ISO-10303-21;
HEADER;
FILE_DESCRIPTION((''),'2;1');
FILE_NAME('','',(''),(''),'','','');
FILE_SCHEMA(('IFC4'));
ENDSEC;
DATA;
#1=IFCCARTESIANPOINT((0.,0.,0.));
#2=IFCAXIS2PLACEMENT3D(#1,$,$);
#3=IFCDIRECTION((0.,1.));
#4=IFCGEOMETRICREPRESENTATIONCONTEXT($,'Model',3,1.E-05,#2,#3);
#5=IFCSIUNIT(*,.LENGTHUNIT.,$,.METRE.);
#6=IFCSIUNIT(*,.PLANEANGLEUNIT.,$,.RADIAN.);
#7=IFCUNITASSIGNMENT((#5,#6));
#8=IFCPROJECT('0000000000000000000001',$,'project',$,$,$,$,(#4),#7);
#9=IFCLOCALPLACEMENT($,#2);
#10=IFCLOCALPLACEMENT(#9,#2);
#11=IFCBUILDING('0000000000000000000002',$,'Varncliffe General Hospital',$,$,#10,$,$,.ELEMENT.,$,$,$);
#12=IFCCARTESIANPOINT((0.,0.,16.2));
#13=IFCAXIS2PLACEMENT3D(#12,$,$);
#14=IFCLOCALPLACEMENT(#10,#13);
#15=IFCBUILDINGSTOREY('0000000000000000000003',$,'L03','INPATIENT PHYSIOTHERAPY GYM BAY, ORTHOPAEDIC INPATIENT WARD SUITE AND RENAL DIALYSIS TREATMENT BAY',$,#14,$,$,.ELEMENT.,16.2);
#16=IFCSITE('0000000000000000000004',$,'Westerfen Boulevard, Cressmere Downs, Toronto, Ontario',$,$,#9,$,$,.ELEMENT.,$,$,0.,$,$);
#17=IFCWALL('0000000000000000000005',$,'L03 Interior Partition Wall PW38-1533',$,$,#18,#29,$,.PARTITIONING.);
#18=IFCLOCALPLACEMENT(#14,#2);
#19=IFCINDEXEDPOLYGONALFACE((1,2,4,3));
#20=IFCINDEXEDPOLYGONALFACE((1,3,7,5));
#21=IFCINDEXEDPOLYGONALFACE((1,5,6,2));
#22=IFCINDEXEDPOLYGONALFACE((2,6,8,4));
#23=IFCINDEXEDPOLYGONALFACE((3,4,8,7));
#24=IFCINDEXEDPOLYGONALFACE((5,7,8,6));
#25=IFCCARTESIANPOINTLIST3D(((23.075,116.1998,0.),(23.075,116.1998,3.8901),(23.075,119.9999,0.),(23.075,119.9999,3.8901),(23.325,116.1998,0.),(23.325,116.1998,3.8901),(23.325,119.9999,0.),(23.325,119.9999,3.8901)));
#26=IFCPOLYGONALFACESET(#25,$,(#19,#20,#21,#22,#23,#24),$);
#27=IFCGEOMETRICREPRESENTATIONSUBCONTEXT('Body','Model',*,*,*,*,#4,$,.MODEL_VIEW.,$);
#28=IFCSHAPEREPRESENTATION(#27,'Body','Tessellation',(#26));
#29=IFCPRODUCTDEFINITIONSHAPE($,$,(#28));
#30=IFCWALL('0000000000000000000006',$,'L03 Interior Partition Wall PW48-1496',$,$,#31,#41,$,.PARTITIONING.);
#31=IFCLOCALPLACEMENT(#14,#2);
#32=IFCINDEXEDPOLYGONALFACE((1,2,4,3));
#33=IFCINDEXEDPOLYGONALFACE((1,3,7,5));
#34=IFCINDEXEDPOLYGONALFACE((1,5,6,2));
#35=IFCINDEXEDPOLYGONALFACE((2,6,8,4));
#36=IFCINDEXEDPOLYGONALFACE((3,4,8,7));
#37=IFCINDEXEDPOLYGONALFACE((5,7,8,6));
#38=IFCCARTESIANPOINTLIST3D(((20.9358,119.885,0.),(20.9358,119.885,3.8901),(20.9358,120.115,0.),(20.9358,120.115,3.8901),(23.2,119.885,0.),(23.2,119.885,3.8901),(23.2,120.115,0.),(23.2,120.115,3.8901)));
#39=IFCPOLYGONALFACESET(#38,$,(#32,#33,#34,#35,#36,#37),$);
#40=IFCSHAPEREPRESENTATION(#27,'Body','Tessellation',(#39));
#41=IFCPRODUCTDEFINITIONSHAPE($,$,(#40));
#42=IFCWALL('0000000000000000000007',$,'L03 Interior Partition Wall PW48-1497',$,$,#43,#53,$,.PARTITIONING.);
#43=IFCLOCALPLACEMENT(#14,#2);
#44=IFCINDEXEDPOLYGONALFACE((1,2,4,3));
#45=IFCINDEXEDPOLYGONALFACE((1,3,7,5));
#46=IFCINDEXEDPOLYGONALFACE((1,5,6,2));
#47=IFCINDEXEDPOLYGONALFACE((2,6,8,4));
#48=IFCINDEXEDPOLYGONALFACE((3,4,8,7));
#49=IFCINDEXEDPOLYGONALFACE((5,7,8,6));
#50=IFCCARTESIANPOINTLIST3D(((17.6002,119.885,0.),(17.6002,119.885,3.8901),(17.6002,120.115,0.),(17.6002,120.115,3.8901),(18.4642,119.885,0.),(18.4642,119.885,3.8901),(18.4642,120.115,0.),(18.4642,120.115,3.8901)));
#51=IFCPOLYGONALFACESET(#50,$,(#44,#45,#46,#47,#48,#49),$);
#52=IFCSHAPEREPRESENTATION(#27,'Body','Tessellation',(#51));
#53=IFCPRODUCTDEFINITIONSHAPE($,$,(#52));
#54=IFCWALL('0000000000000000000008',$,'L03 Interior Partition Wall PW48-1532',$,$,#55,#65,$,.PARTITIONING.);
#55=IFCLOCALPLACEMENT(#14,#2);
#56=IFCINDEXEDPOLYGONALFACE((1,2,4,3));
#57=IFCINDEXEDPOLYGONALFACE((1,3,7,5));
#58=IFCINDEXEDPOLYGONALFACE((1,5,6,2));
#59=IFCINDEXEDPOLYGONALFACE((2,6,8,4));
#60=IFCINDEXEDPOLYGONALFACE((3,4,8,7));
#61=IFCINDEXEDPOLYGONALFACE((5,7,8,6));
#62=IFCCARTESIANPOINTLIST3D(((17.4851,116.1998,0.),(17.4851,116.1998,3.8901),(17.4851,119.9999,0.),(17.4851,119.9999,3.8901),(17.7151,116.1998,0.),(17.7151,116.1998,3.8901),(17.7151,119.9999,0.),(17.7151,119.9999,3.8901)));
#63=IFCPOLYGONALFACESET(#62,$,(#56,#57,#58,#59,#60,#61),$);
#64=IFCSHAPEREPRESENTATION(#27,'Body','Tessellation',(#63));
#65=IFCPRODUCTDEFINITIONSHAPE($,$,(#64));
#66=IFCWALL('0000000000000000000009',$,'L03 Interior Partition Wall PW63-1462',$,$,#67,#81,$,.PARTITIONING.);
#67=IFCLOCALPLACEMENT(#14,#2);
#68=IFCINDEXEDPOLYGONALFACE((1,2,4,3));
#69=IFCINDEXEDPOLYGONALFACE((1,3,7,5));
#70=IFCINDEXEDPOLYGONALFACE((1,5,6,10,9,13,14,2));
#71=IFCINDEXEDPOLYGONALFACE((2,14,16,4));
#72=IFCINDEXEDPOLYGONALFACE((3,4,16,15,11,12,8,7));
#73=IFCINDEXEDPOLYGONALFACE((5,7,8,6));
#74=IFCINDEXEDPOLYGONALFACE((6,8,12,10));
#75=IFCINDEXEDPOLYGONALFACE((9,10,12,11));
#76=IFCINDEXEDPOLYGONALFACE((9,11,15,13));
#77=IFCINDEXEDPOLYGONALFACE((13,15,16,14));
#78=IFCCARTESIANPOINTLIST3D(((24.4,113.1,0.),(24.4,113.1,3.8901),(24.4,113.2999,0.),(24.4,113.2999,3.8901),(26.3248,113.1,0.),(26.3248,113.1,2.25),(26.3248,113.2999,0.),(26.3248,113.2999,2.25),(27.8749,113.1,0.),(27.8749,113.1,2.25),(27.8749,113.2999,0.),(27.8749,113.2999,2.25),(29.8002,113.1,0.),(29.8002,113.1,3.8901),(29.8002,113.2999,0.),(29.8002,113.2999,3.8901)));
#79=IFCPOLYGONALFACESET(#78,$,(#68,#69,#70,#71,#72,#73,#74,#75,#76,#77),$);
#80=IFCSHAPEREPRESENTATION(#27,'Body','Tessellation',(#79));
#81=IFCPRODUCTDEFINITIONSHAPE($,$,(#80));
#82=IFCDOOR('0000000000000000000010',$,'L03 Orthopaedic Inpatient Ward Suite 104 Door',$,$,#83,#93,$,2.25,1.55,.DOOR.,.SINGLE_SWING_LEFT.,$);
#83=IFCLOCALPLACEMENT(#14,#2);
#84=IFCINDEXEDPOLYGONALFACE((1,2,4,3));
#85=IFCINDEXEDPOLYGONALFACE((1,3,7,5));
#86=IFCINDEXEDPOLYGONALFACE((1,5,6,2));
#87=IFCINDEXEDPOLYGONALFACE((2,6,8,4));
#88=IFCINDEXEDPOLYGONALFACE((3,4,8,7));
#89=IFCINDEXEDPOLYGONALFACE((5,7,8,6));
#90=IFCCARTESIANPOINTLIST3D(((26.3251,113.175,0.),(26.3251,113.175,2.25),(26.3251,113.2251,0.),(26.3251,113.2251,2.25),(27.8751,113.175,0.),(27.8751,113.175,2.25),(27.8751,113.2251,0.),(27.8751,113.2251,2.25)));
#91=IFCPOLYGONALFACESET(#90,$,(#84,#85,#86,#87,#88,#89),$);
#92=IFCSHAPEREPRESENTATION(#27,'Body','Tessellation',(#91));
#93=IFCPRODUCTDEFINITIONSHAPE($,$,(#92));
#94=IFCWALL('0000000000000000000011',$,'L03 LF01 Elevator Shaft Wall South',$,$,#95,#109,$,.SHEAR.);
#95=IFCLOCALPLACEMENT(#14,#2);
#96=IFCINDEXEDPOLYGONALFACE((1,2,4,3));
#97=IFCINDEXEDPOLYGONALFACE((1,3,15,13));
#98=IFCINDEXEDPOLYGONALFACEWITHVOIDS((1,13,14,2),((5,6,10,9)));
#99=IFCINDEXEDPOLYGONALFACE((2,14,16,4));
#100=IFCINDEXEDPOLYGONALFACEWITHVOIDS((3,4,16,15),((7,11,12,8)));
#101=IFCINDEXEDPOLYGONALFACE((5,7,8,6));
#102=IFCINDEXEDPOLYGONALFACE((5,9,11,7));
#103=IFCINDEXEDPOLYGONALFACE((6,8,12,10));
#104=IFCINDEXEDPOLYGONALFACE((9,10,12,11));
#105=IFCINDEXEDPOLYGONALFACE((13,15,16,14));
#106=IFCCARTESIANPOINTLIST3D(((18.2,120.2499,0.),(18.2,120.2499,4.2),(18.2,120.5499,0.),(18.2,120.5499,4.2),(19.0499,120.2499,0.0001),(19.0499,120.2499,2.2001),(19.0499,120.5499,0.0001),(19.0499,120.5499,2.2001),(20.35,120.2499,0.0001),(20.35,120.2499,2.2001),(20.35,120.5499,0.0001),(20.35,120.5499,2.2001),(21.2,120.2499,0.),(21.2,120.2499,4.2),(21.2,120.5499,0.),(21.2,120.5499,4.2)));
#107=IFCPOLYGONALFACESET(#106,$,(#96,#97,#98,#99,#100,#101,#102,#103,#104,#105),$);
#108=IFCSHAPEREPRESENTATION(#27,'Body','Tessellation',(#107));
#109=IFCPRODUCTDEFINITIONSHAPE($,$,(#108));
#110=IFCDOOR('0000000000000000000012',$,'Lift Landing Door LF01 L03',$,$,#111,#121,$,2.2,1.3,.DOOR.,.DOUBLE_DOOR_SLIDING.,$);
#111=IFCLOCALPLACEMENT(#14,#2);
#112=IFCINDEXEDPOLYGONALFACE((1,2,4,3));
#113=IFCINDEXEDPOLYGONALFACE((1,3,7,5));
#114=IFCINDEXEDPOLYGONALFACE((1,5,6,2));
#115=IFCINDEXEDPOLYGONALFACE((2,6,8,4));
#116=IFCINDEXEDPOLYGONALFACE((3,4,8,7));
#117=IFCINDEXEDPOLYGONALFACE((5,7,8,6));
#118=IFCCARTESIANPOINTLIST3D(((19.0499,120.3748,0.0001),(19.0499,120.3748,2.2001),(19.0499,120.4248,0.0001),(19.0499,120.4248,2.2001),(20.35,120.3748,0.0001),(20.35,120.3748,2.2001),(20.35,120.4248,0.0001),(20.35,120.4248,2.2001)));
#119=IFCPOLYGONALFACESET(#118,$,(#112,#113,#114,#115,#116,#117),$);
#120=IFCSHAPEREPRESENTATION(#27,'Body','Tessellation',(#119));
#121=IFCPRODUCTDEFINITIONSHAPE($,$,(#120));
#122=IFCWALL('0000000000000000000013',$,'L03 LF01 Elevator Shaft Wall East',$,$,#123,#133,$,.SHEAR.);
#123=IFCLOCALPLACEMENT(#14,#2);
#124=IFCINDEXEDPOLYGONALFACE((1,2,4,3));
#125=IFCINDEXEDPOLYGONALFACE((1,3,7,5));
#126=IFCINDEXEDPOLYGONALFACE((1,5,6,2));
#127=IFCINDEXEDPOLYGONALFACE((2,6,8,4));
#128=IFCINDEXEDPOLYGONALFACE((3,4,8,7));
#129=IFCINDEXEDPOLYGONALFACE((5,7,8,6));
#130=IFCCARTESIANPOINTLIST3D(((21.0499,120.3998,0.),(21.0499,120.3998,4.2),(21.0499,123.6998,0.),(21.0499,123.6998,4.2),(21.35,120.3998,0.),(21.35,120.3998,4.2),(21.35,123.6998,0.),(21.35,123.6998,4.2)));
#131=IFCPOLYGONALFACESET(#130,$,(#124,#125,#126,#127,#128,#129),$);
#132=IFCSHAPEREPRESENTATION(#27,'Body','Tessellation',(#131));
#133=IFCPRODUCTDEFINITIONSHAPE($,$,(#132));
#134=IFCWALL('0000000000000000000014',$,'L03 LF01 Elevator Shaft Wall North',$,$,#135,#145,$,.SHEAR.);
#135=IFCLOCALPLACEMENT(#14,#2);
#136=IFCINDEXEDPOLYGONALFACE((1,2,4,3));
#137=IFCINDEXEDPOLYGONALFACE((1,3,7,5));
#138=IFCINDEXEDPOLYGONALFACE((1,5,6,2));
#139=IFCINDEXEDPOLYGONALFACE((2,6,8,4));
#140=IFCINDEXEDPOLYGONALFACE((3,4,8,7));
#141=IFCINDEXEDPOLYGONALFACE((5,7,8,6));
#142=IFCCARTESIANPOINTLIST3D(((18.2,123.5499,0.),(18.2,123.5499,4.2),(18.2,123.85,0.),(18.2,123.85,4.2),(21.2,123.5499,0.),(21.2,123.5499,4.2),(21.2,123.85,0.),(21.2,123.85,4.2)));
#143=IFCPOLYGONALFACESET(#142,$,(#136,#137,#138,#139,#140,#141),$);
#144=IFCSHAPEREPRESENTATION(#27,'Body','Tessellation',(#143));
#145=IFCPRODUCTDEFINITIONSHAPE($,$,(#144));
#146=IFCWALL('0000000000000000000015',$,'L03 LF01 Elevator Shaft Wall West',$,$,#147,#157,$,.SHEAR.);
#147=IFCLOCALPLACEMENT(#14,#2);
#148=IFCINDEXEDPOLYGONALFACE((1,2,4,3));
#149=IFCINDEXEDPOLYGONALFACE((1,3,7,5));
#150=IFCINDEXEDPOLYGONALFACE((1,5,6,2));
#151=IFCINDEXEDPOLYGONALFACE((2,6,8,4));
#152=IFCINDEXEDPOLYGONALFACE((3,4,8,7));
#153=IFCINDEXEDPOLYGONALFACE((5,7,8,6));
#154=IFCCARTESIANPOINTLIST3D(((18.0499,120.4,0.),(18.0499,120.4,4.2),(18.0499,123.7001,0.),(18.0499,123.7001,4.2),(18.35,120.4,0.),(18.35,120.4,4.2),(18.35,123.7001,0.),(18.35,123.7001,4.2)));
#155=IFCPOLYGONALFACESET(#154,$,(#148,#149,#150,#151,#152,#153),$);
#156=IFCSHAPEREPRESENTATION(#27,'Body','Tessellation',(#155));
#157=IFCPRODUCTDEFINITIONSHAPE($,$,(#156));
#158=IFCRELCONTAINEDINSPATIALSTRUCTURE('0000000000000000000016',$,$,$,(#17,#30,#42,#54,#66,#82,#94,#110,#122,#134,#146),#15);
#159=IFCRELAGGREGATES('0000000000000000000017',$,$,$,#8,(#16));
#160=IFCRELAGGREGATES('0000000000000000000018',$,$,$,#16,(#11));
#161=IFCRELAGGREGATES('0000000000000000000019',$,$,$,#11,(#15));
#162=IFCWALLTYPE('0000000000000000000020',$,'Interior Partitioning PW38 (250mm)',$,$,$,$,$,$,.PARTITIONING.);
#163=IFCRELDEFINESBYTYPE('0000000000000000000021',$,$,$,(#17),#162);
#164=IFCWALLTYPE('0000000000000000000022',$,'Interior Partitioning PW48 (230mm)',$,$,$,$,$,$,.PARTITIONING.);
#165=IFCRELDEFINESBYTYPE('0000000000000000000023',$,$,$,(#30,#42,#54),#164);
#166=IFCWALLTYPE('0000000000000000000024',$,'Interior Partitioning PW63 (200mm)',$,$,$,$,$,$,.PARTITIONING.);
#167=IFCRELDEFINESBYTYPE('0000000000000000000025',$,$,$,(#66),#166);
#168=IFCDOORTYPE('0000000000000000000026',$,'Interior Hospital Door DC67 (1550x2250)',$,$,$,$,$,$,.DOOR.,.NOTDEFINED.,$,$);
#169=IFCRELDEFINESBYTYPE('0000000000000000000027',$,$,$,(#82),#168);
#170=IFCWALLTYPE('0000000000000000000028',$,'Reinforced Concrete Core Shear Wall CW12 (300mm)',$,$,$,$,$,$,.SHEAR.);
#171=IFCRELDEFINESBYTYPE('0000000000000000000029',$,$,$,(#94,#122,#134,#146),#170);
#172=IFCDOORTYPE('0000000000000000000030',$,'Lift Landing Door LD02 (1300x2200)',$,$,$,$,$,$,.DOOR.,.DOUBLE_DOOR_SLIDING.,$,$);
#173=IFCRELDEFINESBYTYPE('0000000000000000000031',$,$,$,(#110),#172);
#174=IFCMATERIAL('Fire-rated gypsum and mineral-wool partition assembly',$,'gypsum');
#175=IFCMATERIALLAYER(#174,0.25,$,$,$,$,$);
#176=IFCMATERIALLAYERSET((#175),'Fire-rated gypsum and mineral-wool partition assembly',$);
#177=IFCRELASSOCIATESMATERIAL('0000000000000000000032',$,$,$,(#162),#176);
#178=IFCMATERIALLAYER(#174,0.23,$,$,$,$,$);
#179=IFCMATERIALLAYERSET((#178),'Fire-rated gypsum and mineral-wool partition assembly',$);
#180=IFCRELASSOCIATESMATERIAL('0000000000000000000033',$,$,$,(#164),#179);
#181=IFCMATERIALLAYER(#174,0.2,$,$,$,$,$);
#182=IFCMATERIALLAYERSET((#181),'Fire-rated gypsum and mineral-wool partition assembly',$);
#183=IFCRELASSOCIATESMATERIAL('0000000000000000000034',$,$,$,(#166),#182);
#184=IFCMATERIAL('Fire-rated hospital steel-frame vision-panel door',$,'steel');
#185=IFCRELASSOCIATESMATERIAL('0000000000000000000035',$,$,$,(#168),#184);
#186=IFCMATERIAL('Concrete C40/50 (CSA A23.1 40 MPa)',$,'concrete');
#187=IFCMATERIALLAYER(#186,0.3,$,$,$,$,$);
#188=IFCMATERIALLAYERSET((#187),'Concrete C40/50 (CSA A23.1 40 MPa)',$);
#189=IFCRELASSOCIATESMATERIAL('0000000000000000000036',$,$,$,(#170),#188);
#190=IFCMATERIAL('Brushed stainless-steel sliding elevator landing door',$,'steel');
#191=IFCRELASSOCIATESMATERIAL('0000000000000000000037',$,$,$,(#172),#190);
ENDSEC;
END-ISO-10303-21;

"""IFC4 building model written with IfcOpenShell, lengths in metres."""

from ifc_helpers import new_model, si_unit, direction, frame, frame_2d, origin, place, context, subcontext, project, spatial, rectangle, extrude, material, layer, layer_set, type_object, element, fill, save


model = new_model("IFC4")

# Units and contexts
model_context = context("Model", 3, precision=1e-05, world=origin(), true_north=direction((0.0, 1.0)))
body_context = subcontext(model_context, "Body", "Model", "MODEL_VIEW")
ifc_project = project(units=[si_unit("LENGTHUNIT", "METRE"), si_unit("PLANEANGLEUNIT", "RADIAN")], contexts=[model_context])

# Site, building, storey
site_placement = place(None, origin())
site = spatial("IfcSite", under=ifc_project, at=site_placement, Name="Westerfen Boulevard, Cressmere Downs, Toronto, Ontario", CompositionType="ELEMENT", RefElevation=0.0)
building_placement = place(site_placement, origin())
building = spatial("IfcBuilding", under=site, at=building_placement, Name="Varncliffe General Hospital", CompositionType="ELEMENT")
storey_placement = place(building_placement, frame((0.0, 0.0, 16.2)))
storey = spatial("IfcBuildingStorey", under=building, at=storey_placement, Name="L03", Description="INPATIENT PHYSIOTHERAPY GYM BAY, ORTHOPAEDIC INPATIENT WARD SUITE AND RENAL DIALYSIS TREATMENT BAY", CompositionType="ELEMENT", Elevation=16.2)

# Shared definitions
ifc_material_1 = material(Name="Concrete C40/50 (CSA A23.1 40 MPa)", Category="concrete")

# Shared definitions
ifc_material_2 = material(Name="Fire-rated gypsum and mineral-wool partition assembly", Category="gypsum")
ifc_layer_1 = layer(ifc_material_2, 0.25)
ifc_layer_set_1 = layer_set([ifc_layer_1], Name="Fire-rated gypsum and mineral-wool partition assembly")
wall_type_1 = type_object("IfcWallType", Name="Interior Partitioning PW38 (250mm)", PredefinedType="PARTITIONING", material=ifc_layer_set_1)
ifc_material_3 = material(Name="Fire-rated hospital steel-frame vision-panel door", Category="steel")

# Walls
wall_1_placement = place(storey_placement, frame((23.2, 116.2, 0.0), z_axis=(0.0, 0.0, 1.0), x_axis=(0.0, 1.0, 0.0)))
element("IfcWall", 1, at=wall_1_placement, inside=storey, type_object=wall_type_1, Name="L03 Interior Partition Wall PW38-1533", PredefinedType="PARTITIONING", context=body_context, shape_type="SweptSolid", body=[
    extrude(rectangle(XDim=3.8, YDim=0.25, at=frame_2d((1.8999, 0.0))), origin(), (0.0, 0.0, 1.0), 3.8901),
])
ifc_layer_2 = layer(ifc_material_2, 0.23)
ifc_layer_set_2 = layer_set([ifc_layer_2], Name="Fire-rated gypsum and mineral-wool partition assembly")
wall_type_2 = type_object("IfcWallType", Name="Interior Partitioning PW48 (230mm)", PredefinedType="PARTITIONING", material=ifc_layer_set_2)
wall_2_placement = place(storey_placement, frame((20.9358, 120.0, 0.0), z_axis=(0.0, 0.0, 1.0), x_axis=(1.0, 0.0, 0.0)))
element("IfcWall", 2, at=wall_2_placement, inside=storey, type_object=wall_type_2, Name="L03 Interior Partition Wall PW48-1496", PredefinedType="PARTITIONING", context=body_context, shape_type="SweptSolid", body=[
    extrude(rectangle(XDim=2.2642, YDim=0.23, at=frame_2d((1.1321, 0.0))), origin(), (0.0, 0.0, 1.0), 3.8901),
])
wall_3_placement = place(storey_placement, frame((17.6001, 120.0, 0.0), z_axis=(0.0, 0.0, 1.0), x_axis=(1.0, 0.0, 0.0)))
element("IfcWall", 3, at=wall_3_placement, inside=storey, type_object=wall_type_2, Name="L03 Interior Partition Wall PW48-1497", PredefinedType="PARTITIONING", context=body_context, shape_type="SweptSolid", body=[
    extrude(rectangle(XDim=0.864, YDim=0.23, at=frame_2d((0.4321, 0.0))), origin(), (0.0, 0.0, 1.0), 3.8901),
])
wall_4_placement = place(storey_placement, frame((17.6001, 116.2, 0.0), z_axis=(0.0, 0.0, 1.0), x_axis=(0.0, 1.0, 0.0)))
element("IfcWall", 4, at=wall_4_placement, inside=storey, type_object=wall_type_2, Name="L03 Interior Partition Wall PW48-1532", PredefinedType="PARTITIONING", context=body_context, shape_type="SweptSolid", body=[
    extrude(rectangle(XDim=3.8, YDim=0.23, at=frame_2d((1.8999, 0.0))), origin(), (0.0, 0.0, 1.0), 3.8901),
])

# Walls, openings, doors
ifc_layer_3 = layer(ifc_material_2, 0.2)
ifc_layer_set_3 = layer_set([ifc_layer_3], Name="Fire-rated gypsum and mineral-wool partition assembly")
wall_type_3 = type_object("IfcWallType", Name="Interior Partitioning PW63 (200mm)", PredefinedType="PARTITIONING", material=ifc_layer_set_3)
wall_5_placement = place(storey_placement, frame((24.3999, 113.2, 0.0), z_axis=(0.0, 0.0, 1.0), x_axis=(1.0, 0.0, 0.0)))
wall_5 = element("IfcWall", 5, at=wall_5_placement, inside=storey, type_object=wall_type_3, Name="L03 Interior Partition Wall PW63-1462", PredefinedType="PARTITIONING", context=body_context, shape_type="SweptSolid", body=[
    extrude(rectangle(XDim=5.4001, YDim=0.2, at=frame_2d((2.7002, 0.0))), origin(), (0.0, 0.0, 1.0), 3.8901),
])
opening_1_placement = place(wall_5_placement, frame((1.925, 0.0, 0.0)))
opening_1 = element("IfcOpeningElement", 6, at=opening_1_placement, cuts=wall_5, PredefinedType="OPENING", context=body_context, shape_type="SweptSolid", body=[
    extrude(rectangle(XDim=1.55, YDim=2.25, at=frame_2d((0.7749, 1.125))), frame((0.0, 0.1099, 0.0), z_axis=(0.0, -1.0, 0.0), x_axis=(1.0, 0.0, 0.0)), (0.0, 0.0, 1.0), 0.22),
])
door_type_1 = type_object("IfcDoorType", Name="Interior Hospital Door DC67 (1550x2250)", OperationType="NOTDEFINED", PredefinedType="DOOR", material=ifc_material_3)
door_1_placement = place(opening_1_placement, frame((1.55, 0.0, 0.0), z_axis=(0.0, 0.0, 1.0), x_axis=(-1.0, 0.0, 0.0)))
door_1 = element("IfcDoor", 7, at=door_1_placement, inside=storey, type_object=door_type_1, Name="L03 Orthopaedic Inpatient Ward Suite 104 Door", OperationType="SINGLE_SWING_LEFT", OverallHeight=2.25, OverallWidth=1.55, PredefinedType="DOOR", context=body_context, shape_type="SweptSolid", body=[
    extrude(rectangle(XDim=1.55, YDim=2.25, at=frame_2d((0.7749, 1.125))), frame((0.0, 0.0249, 0.0), z_axis=(0.0, -1.0, 0.0), x_axis=(1.0, 0.0, 0.0)), (0.0, 0.0, 1.0), 0.05),
])
fill(opening_1, door_1)
ifc_layer_4 = layer(ifc_material_1, 0.3)
ifc_layer_set_4 = layer_set([ifc_layer_4], Name="Concrete C40/50 (CSA A23.1 40 MPa)")
wall_type_4 = type_object("IfcWallType", Name="Reinforced Concrete Core Shear Wall CW12 (300mm)", PredefinedType="SHEAR", material=ifc_layer_set_4)
wall_6_placement = place(storey_placement, frame((18.2, 120.3999, 0.0), z_axis=(0.0, 0.0, 1.0), x_axis=(1.0, 0.0, 0.0)))
wall_6 = element("IfcWall", 8, at=wall_6_placement, inside=storey, type_object=wall_type_4, Name="L03 LF01 Elevator Shaft Wall South", PredefinedType="SHEAR", context=body_context, shape_type="SweptSolid", body=[
    extrude(rectangle(XDim=3.0, YDim=0.3, at=frame_2d((1.5, 0.0))), origin(), (0.0, 0.0, 1.0), 4.2),
])
opening_2_placement = place(wall_6_placement, frame((0.8501, 0.0, 0.0)))
opening_2 = element("IfcOpeningElement", 9, at=opening_2_placement, cuts=wall_6, PredefinedType="OPENING", context=body_context, shape_type="SweptSolid", body=[
    extrude(rectangle(XDim=1.3, YDim=2.2, at=frame_2d((0.6499, 1.1001))), frame((0.0, 0.1602, 0.0), z_axis=(0.0, -1.0, 0.0), x_axis=(1.0, 0.0, 0.0)), (0.0, 0.0, 1.0), 0.3201),
])
ifc_material_4 = material(Name="Brushed stainless-steel sliding elevator landing door", Category="steel")
door_type_2 = type_object("IfcDoorType", Name="Lift Landing Door LD02 (1300x2200)", OperationType="DOUBLE_DOOR_SLIDING", PredefinedType="DOOR", material=ifc_material_4)
door_2_placement = place(opening_2_placement, origin())
door_2 = element("IfcDoor", 10, at=door_2_placement, inside=storey, type_object=door_type_2, Name="Lift Landing Door LF01 L03", OperationType="DOUBLE_DOOR_SLIDING", OverallHeight=2.2, OverallWidth=1.3, PredefinedType="DOOR", context=body_context, shape_type="SweptSolid", body=[
    extrude(rectangle(XDim=1.3, YDim=2.2, at=frame_2d((0.6499, 1.1001))), frame((0.0, 0.0249, 0.0), z_axis=(0.0, -1.0, 0.0), x_axis=(1.0, 0.0, 0.0)), (0.0, 0.0, 1.0), 0.05),
])
fill(opening_2, door_2)

# Walls
wall_7_placement = place(storey_placement, frame((21.2, 120.3999, 0.0), z_axis=(0.0, 0.0, 1.0), x_axis=(0.0, 1.0, 0.0)))
element("IfcWall", 11, at=wall_7_placement, inside=storey, type_object=wall_type_4, Name="L03 LF01 Elevator Shaft Wall East", PredefinedType="SHEAR", context=body_context, shape_type="SweptSolid", body=[
    extrude(rectangle(XDim=3.3, YDim=0.3, at=frame_2d((1.6499, 0.0))), origin(), (0.0, 0.0, 1.0), 4.2),
])
wall_8_placement = place(storey_placement, frame((21.2, 123.7, 0.0), z_axis=(0.0, 0.0, 1.0), x_axis=(-1.0, 0.0, 0.0)))
element("IfcWall", 12, at=wall_8_placement, inside=storey, type_object=wall_type_4, Name="L03 LF01 Elevator Shaft Wall North", PredefinedType="SHEAR", context=body_context, shape_type="SweptSolid", body=[
    extrude(rectangle(XDim=3.0, YDim=0.3, at=frame_2d((1.5, 0.0))), origin(), (0.0, 0.0, 1.0), 4.2),
])
wall_9_placement = place(storey_placement, frame((18.2, 123.7, 0.0), z_axis=(0.0, 0.0, 1.0), x_axis=(0.0, -1.0, 0.0)))
element("IfcWall", 13, at=wall_9_placement, inside=storey, type_object=wall_type_4, Name="L03 LF01 Elevator Shaft Wall West", PredefinedType="SHEAR", context=body_context, shape_type="SweptSolid", body=[
    extrude(rectangle(XDim=3.3, YDim=0.3, at=frame_2d((1.6499, 0.0))), origin(), (0.0, 0.0, 1.0), 4.2),
])

save(model, "model.ifc")
